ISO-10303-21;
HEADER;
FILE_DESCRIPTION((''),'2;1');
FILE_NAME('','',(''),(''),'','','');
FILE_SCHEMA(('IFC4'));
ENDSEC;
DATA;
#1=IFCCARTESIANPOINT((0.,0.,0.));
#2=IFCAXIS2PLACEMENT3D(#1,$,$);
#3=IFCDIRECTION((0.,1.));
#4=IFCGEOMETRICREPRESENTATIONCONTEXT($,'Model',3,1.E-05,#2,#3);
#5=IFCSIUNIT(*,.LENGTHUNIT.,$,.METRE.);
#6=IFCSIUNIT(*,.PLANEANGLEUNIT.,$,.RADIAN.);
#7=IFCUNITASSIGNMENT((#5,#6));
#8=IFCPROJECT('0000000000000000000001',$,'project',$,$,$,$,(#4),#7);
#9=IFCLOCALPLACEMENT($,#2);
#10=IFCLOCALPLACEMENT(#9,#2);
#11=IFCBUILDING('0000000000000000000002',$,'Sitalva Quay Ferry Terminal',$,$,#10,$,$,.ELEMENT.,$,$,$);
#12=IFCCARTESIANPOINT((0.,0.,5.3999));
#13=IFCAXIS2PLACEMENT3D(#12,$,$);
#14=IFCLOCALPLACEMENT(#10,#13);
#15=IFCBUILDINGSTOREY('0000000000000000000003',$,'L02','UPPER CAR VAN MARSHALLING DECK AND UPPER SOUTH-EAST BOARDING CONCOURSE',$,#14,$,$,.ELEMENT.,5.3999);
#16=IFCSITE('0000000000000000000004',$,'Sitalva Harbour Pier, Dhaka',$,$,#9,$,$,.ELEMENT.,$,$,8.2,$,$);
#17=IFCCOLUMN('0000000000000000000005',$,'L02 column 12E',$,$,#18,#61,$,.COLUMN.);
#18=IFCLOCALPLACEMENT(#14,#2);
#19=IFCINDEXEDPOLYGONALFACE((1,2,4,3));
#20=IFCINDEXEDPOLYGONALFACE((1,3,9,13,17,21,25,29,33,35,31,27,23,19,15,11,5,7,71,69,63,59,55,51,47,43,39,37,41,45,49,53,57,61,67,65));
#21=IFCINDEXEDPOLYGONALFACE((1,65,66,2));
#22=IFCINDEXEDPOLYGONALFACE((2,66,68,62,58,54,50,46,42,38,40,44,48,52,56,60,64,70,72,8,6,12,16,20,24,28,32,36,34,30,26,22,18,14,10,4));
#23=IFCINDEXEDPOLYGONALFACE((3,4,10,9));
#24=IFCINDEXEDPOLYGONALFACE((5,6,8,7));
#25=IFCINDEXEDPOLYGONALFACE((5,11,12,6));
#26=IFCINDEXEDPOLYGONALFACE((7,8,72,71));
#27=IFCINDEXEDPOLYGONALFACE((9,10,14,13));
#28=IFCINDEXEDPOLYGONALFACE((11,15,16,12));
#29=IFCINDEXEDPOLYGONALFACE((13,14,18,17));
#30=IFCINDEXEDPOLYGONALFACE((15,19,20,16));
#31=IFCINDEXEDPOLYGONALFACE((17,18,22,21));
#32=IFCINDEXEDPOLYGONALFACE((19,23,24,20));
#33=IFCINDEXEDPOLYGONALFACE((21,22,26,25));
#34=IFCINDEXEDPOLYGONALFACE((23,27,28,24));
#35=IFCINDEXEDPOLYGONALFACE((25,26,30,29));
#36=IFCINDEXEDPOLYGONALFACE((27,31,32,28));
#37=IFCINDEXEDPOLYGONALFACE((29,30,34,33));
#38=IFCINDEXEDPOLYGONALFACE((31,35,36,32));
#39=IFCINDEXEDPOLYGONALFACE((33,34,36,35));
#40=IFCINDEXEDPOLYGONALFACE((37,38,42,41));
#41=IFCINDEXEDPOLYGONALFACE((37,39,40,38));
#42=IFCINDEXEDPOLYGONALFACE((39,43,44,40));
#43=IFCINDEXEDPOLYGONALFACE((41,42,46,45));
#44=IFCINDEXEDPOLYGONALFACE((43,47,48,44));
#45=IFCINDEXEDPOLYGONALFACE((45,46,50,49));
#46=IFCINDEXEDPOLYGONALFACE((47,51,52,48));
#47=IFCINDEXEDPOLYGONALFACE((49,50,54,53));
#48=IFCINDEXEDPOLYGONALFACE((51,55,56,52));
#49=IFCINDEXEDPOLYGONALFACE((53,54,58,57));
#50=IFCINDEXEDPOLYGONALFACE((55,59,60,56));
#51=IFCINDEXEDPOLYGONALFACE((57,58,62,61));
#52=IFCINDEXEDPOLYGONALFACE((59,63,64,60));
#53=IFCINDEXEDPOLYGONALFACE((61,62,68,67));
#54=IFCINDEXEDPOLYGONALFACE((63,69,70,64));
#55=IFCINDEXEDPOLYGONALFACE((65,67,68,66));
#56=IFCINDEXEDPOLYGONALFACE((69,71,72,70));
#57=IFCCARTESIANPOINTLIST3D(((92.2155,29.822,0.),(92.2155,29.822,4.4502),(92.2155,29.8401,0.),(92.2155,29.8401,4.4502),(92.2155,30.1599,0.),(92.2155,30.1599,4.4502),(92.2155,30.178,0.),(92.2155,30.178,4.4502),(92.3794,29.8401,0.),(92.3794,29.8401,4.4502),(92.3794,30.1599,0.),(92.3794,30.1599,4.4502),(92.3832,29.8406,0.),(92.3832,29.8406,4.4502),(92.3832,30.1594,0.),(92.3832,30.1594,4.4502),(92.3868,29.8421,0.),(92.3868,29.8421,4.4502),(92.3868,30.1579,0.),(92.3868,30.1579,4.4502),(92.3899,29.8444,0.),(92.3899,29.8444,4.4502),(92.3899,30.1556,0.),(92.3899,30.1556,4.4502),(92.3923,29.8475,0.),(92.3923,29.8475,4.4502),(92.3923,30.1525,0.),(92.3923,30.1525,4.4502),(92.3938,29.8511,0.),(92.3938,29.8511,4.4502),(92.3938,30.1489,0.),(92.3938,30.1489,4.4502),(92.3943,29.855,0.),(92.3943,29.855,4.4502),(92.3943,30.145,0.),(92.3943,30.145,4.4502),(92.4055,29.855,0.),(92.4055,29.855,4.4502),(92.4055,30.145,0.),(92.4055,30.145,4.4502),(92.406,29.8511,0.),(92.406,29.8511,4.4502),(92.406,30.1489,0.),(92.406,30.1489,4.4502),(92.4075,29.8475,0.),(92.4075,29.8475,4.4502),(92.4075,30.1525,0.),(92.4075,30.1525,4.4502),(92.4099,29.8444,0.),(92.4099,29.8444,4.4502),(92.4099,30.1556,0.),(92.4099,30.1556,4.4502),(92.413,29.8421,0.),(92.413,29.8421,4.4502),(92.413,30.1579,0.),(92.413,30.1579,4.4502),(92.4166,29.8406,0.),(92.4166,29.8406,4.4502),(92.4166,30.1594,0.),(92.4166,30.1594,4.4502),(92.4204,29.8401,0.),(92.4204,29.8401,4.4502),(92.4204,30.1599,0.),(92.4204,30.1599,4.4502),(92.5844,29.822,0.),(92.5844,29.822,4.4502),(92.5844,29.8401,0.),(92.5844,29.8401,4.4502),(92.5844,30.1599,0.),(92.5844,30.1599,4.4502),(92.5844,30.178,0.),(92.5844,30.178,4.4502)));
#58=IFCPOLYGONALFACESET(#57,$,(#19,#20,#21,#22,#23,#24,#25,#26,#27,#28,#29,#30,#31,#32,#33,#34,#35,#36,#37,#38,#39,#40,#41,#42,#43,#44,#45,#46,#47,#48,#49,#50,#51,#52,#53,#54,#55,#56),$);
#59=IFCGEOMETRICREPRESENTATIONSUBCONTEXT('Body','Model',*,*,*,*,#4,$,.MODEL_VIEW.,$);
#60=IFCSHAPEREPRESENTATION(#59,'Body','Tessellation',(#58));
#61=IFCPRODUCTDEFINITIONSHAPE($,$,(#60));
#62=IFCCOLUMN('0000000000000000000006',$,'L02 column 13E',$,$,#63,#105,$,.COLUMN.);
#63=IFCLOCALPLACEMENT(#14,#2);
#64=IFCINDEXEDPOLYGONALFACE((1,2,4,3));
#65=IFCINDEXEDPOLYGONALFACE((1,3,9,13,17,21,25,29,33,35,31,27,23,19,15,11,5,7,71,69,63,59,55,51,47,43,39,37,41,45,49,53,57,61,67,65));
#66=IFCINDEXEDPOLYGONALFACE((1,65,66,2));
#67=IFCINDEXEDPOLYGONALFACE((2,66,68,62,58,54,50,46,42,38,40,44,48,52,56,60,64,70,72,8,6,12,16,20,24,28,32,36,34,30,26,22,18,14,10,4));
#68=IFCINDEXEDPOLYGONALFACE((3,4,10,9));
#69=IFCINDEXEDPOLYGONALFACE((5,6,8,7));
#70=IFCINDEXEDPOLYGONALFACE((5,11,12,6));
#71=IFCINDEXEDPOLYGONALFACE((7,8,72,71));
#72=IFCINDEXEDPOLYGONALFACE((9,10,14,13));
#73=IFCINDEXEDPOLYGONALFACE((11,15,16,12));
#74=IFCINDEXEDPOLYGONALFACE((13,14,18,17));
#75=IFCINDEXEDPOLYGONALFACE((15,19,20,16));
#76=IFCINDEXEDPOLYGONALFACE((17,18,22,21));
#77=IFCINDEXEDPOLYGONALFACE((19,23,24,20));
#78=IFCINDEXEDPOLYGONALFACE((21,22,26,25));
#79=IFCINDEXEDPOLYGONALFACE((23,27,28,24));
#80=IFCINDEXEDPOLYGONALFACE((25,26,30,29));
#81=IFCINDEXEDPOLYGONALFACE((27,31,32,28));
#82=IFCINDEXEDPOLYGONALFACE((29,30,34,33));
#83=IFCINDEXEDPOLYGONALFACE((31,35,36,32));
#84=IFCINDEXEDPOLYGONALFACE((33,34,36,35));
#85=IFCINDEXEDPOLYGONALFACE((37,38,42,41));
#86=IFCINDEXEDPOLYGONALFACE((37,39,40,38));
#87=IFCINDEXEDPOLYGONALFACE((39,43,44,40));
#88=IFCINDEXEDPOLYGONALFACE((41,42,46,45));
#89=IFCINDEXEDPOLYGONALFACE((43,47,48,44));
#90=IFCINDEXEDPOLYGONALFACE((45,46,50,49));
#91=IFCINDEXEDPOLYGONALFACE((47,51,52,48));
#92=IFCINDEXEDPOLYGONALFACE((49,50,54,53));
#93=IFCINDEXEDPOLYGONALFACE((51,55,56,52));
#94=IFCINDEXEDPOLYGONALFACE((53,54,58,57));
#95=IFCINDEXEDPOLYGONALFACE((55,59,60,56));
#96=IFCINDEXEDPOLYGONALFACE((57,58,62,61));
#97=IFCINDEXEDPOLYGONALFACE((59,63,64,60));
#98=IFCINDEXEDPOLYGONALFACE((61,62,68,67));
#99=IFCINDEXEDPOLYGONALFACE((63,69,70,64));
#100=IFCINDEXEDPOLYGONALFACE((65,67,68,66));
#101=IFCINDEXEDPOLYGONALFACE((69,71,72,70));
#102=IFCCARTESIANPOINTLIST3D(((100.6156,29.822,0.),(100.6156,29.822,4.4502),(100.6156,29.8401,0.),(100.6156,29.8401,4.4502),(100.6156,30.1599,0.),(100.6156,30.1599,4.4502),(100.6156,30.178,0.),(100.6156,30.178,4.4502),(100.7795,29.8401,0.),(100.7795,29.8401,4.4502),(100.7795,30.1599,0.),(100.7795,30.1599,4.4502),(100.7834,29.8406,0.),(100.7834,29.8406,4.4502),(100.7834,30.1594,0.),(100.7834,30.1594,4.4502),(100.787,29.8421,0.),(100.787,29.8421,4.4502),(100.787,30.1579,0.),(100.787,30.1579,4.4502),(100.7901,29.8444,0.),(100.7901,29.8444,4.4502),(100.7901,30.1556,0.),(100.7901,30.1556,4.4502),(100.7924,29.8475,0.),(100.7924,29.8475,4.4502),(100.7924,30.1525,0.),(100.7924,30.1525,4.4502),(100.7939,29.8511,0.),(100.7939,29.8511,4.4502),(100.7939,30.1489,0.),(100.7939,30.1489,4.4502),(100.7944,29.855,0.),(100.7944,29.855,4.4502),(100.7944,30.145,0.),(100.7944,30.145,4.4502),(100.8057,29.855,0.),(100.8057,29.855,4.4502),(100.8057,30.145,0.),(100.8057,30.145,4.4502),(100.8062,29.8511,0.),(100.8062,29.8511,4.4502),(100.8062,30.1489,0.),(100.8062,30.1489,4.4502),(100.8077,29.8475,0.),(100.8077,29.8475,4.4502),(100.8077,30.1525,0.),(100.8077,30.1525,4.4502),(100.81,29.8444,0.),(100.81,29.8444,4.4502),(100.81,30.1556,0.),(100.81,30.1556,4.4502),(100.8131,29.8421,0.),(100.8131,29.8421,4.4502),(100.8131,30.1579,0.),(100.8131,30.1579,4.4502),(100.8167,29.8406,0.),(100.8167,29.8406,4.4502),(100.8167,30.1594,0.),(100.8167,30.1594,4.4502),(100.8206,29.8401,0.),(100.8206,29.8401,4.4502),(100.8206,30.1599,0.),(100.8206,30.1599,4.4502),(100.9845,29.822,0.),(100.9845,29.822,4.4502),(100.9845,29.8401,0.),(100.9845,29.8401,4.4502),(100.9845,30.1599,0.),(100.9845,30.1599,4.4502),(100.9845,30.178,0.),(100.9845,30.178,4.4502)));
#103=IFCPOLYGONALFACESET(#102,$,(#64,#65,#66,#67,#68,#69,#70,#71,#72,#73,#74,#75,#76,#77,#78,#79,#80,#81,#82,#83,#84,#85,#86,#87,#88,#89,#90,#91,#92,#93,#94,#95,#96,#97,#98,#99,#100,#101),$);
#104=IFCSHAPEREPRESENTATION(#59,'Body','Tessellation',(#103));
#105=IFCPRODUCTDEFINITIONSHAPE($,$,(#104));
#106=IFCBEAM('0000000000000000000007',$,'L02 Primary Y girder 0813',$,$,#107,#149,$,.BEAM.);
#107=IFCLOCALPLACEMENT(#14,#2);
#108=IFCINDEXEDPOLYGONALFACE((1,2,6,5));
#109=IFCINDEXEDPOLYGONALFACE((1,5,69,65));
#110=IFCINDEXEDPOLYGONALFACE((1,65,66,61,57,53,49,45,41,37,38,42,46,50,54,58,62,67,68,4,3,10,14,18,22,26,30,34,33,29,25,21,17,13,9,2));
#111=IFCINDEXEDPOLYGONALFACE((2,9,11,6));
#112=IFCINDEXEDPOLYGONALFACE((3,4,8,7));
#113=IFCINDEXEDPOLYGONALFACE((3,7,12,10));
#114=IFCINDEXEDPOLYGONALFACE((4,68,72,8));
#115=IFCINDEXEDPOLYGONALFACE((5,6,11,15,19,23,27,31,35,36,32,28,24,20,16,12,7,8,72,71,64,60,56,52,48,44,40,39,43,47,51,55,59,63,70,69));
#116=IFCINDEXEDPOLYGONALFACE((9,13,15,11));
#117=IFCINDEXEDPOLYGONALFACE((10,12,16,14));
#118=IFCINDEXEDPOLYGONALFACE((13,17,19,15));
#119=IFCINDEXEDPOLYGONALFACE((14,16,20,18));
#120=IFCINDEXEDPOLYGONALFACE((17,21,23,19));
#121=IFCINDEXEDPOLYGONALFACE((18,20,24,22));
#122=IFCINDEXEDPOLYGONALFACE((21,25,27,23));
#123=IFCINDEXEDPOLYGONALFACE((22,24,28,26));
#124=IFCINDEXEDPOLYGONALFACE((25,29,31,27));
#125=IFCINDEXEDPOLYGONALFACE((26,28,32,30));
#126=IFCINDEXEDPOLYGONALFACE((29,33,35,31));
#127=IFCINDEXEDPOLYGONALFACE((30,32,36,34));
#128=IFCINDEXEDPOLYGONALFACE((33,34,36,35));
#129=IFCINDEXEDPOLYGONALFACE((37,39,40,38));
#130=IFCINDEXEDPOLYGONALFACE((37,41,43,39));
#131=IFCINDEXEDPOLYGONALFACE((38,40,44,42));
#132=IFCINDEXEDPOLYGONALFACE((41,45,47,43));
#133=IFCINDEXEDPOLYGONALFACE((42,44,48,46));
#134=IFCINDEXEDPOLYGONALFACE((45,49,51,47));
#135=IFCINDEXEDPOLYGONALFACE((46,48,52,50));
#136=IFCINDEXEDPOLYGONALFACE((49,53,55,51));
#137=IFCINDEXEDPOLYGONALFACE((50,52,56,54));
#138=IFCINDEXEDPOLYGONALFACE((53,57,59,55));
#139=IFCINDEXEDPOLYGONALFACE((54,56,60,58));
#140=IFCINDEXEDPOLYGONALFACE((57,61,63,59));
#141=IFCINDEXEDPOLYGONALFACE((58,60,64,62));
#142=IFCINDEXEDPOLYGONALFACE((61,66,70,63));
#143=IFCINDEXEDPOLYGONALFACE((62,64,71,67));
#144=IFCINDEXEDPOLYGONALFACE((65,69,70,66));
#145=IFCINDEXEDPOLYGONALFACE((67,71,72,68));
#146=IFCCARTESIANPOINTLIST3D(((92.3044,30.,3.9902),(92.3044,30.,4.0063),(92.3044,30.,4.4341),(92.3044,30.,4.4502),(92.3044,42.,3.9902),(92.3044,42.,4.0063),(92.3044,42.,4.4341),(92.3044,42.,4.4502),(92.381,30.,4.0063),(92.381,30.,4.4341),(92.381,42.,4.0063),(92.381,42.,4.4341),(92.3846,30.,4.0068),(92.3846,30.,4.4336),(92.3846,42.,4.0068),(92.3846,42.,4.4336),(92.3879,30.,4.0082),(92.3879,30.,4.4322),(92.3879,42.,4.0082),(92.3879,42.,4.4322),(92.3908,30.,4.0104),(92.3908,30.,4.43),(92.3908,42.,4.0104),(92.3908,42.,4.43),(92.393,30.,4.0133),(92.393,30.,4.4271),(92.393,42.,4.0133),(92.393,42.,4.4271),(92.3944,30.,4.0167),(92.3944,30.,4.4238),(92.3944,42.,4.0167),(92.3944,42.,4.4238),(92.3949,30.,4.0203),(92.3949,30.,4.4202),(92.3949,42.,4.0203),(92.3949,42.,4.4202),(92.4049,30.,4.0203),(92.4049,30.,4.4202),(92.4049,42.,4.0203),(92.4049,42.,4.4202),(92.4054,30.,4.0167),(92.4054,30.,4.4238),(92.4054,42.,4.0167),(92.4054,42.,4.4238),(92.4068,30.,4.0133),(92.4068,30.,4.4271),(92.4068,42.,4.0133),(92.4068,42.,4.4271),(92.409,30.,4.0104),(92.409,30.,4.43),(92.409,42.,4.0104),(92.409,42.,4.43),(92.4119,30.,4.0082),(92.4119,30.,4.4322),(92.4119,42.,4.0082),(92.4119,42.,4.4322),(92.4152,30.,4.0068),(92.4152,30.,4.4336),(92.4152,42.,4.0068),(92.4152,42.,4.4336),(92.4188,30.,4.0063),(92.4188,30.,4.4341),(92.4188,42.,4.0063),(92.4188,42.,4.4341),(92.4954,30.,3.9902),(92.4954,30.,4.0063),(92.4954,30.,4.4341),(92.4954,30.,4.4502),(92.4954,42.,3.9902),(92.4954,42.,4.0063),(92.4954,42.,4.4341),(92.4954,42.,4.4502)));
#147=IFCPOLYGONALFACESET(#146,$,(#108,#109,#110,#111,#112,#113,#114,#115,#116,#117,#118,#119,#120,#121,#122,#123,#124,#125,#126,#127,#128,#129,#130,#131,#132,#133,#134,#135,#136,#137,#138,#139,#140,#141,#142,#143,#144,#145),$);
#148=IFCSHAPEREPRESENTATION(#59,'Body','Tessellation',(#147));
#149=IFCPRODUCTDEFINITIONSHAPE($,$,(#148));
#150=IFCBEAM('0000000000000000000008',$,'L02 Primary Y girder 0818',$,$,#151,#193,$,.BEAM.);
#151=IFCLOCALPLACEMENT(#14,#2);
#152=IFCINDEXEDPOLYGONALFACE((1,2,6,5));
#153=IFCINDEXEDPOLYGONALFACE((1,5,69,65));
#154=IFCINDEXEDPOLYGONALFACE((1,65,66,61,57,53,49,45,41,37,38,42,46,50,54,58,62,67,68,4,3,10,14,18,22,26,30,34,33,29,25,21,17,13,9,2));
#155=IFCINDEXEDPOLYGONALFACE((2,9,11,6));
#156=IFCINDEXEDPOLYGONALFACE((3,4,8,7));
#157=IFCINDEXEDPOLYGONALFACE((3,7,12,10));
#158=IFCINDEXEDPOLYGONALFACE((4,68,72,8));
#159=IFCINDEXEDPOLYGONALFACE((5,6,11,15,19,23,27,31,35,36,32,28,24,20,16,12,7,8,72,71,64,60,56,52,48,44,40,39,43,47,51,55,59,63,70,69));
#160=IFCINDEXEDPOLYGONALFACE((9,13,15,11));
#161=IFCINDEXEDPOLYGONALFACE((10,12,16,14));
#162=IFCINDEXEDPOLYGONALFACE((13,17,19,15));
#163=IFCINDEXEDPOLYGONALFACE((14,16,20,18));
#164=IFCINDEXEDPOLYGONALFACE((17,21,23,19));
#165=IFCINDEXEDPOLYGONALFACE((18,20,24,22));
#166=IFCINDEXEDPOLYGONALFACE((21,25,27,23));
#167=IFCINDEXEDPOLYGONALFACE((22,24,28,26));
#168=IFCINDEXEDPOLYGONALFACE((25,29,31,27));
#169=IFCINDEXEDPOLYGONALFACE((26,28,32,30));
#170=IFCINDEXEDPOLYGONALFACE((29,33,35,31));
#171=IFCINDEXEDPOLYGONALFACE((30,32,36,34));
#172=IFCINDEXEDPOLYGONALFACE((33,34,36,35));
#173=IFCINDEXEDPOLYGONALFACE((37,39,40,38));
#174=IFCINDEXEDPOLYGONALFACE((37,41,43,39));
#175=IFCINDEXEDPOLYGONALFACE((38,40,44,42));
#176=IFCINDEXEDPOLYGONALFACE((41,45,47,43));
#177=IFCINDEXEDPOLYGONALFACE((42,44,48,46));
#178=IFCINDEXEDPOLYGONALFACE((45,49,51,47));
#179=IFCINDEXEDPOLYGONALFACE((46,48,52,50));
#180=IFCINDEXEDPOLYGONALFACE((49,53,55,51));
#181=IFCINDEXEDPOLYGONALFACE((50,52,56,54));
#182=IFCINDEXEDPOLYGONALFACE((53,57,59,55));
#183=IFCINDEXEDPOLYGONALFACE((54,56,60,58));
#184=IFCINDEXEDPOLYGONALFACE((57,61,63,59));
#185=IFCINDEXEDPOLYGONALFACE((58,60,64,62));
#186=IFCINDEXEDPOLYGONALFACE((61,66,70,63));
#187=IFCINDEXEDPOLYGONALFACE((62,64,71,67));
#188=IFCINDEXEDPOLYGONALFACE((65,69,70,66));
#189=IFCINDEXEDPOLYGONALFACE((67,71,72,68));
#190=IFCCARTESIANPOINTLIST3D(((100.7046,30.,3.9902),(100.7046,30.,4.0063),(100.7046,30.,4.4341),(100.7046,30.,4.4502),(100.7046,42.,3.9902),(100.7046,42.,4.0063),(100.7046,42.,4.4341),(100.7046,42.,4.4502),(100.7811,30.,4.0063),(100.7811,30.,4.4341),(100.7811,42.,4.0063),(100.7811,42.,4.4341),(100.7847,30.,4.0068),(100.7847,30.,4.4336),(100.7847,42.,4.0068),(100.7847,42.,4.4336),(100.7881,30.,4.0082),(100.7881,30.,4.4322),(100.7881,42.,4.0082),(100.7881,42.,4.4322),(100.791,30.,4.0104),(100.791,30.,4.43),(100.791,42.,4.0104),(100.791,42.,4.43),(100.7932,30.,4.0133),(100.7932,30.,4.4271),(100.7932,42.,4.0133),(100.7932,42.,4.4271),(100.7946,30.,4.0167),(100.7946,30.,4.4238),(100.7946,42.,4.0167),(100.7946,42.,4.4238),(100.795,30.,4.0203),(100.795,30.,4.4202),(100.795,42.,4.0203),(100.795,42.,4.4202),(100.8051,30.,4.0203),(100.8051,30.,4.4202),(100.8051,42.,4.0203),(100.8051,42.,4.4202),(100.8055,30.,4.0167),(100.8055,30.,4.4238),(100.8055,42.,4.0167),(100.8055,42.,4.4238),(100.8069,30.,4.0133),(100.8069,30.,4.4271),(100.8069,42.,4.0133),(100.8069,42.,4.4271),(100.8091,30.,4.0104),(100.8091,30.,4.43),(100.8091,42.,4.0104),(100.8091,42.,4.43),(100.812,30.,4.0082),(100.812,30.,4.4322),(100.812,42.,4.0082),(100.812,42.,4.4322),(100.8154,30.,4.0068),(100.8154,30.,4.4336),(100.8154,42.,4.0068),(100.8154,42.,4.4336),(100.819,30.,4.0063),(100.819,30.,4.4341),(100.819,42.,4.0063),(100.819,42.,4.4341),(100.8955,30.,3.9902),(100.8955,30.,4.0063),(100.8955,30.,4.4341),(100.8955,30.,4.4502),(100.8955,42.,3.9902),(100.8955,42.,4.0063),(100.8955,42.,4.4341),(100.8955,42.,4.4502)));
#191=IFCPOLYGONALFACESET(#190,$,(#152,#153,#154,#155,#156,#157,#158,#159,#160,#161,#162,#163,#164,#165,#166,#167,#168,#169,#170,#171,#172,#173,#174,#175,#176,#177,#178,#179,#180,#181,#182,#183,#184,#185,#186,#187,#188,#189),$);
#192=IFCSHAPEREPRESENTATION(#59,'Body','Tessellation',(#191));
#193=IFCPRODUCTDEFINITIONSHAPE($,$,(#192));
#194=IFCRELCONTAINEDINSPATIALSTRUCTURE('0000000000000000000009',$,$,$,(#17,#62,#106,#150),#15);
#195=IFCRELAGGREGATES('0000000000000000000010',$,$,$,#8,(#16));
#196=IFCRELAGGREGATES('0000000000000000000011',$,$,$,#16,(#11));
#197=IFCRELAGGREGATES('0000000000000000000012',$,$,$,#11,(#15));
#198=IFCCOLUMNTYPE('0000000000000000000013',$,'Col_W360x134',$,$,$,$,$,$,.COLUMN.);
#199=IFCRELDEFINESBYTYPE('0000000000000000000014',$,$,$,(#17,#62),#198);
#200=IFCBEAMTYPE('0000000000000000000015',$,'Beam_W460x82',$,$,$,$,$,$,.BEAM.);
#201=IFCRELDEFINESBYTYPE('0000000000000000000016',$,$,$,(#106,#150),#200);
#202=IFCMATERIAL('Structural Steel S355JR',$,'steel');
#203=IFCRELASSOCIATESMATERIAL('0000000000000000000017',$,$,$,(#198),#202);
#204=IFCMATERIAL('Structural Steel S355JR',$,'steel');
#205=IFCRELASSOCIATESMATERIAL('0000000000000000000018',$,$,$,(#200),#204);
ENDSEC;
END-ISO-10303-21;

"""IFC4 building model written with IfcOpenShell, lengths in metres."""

from ifc_helpers import new_model, si_unit, direction, frame, origin, origin_2d, place, context, subcontext, project, spatial, i_section, extrude, material, material_profile, profile_set, type_object, element, save


model = new_model("IFC4")

# Units and contexts
model_context = context("Model", 3, precision=1e-05, world=origin(), true_north=direction((0.0, 1.0)))
body_context = subcontext(model_context, "Body", "Model", "MODEL_VIEW")
ifc_project = project(units=[si_unit("LENGTHUNIT", "METRE"), si_unit("PLANEANGLEUNIT", "RADIAN")], contexts=[model_context])

# Site, building, storey
site_placement = place(None, origin())
site = spatial("IfcSite", under=ifc_project, at=site_placement, Name="Sitalva Harbour Pier, Dhaka", CompositionType="ELEMENT", RefElevation=8.2)
building_placement = place(site_placement, origin())
building = spatial("IfcBuilding", under=site, at=building_placement, Name="Sitalva Quay Ferry Terminal", CompositionType="ELEMENT")
storey_placement = place(building_placement, frame((0.0, 0.0, 5.3999)))
storey = spatial("IfcBuildingStorey", under=building, at=storey_placement, Name="L02", Description="UPPER CAR VAN MARSHALLING DECK AND UPPER SOUTH-EAST BOARDING CONCOURSE", CompositionType="ELEMENT", Elevation=5.3999)

# Columns
ifc_material_1 = material(Name="Structural Steel S355JR", Category="steel")
ifc_material_profile_1 = material_profile(ifc_material_1, i_section(OverallWidth=0.3689, OverallDepth=0.356, WebThickness=0.0112, FlangeThickness=0.0181, FilletRadius=0.0149, at=origin_2d()), Name="W360x134")
ifc_profile_set_1 = profile_set([ifc_material_profile_1], Name="Structural Steel S355JR")
column_type = type_object("IfcColumnType", Name="Col_W360x134", PredefinedType="COLUMN", material=ifc_profile_set_1)
for number, where, z_axis, x_axis, name in (
    (1, (92.3999, 30.0, 0.0), (0.0, 0.0, 1.0), (1.0, 0.0, 0.0), "L02 column 12E"),
    (2, (100.8, 30.0, 0.0), (0.0, 0.0, 1.0), (1.0, 0.0, 0.0), "L02 column 13E"),
):
    element("IfcColumn", number, at=place(storey_placement, frame(where, z_axis=z_axis, x_axis=x_axis)), inside=storey, type_object=column_type, Name=name, PredefinedType="COLUMN", context=body_context, shape_type="SweptSolid", body=[
        extrude(i_section(OverallWidth=0.3689, OverallDepth=0.356, WebThickness=0.0112, FlangeThickness=0.0181, FilletRadius=0.0149, at=origin_2d()), origin(), (0.0, 0.0, 1.0), 4.4502),
    ])

# Beams
ifc_material_2 = material(Name="Structural Steel S355JR", Category="steel")
ifc_material_profile_2 = material_profile(ifc_material_2, i_section(OverallWidth=0.1909, OverallDepth=0.46, WebThickness=0.01, FlangeThickness=0.0161, FilletRadius=0.0139, at=origin_2d()), Name="W460x82")
ifc_profile_set_2 = profile_set([ifc_material_profile_2], Name="Structural Steel S355JR")
beam_type_1 = type_object("IfcBeamType", Name="Beam_W460x82", PredefinedType="BEAM", material=ifc_profile_set_2)
for number, where, z_axis, x_axis, name in (
    (3, (92.3999, 30.0, 4.2202), (0.0, 1.0, 0.0), (-1.0, 0.0, 0.0), "L02 Primary Y girder 0813"),
    (4, (100.8, 30.0, 4.2202), (0.0, 1.0, 0.0), (-1.0, 0.0, 0.0), "L02 Primary Y girder 0818"),
):
    element("IfcBeam", number, at=place(storey_placement, frame(where, z_axis=z_axis, x_axis=x_axis)), inside=storey, type_object=beam_type_1, Name=name, PredefinedType="BEAM", context=body_context, shape_type="SweptSolid", body=[
        extrude(i_section(OverallWidth=0.1909, OverallDepth=0.46, WebThickness=0.01, FlangeThickness=0.0161, FilletRadius=0.0139, at=origin_2d()), origin(), (0.0, 0.0, 1.0), 12.0),
    ])

save(model, "model.ifc")
